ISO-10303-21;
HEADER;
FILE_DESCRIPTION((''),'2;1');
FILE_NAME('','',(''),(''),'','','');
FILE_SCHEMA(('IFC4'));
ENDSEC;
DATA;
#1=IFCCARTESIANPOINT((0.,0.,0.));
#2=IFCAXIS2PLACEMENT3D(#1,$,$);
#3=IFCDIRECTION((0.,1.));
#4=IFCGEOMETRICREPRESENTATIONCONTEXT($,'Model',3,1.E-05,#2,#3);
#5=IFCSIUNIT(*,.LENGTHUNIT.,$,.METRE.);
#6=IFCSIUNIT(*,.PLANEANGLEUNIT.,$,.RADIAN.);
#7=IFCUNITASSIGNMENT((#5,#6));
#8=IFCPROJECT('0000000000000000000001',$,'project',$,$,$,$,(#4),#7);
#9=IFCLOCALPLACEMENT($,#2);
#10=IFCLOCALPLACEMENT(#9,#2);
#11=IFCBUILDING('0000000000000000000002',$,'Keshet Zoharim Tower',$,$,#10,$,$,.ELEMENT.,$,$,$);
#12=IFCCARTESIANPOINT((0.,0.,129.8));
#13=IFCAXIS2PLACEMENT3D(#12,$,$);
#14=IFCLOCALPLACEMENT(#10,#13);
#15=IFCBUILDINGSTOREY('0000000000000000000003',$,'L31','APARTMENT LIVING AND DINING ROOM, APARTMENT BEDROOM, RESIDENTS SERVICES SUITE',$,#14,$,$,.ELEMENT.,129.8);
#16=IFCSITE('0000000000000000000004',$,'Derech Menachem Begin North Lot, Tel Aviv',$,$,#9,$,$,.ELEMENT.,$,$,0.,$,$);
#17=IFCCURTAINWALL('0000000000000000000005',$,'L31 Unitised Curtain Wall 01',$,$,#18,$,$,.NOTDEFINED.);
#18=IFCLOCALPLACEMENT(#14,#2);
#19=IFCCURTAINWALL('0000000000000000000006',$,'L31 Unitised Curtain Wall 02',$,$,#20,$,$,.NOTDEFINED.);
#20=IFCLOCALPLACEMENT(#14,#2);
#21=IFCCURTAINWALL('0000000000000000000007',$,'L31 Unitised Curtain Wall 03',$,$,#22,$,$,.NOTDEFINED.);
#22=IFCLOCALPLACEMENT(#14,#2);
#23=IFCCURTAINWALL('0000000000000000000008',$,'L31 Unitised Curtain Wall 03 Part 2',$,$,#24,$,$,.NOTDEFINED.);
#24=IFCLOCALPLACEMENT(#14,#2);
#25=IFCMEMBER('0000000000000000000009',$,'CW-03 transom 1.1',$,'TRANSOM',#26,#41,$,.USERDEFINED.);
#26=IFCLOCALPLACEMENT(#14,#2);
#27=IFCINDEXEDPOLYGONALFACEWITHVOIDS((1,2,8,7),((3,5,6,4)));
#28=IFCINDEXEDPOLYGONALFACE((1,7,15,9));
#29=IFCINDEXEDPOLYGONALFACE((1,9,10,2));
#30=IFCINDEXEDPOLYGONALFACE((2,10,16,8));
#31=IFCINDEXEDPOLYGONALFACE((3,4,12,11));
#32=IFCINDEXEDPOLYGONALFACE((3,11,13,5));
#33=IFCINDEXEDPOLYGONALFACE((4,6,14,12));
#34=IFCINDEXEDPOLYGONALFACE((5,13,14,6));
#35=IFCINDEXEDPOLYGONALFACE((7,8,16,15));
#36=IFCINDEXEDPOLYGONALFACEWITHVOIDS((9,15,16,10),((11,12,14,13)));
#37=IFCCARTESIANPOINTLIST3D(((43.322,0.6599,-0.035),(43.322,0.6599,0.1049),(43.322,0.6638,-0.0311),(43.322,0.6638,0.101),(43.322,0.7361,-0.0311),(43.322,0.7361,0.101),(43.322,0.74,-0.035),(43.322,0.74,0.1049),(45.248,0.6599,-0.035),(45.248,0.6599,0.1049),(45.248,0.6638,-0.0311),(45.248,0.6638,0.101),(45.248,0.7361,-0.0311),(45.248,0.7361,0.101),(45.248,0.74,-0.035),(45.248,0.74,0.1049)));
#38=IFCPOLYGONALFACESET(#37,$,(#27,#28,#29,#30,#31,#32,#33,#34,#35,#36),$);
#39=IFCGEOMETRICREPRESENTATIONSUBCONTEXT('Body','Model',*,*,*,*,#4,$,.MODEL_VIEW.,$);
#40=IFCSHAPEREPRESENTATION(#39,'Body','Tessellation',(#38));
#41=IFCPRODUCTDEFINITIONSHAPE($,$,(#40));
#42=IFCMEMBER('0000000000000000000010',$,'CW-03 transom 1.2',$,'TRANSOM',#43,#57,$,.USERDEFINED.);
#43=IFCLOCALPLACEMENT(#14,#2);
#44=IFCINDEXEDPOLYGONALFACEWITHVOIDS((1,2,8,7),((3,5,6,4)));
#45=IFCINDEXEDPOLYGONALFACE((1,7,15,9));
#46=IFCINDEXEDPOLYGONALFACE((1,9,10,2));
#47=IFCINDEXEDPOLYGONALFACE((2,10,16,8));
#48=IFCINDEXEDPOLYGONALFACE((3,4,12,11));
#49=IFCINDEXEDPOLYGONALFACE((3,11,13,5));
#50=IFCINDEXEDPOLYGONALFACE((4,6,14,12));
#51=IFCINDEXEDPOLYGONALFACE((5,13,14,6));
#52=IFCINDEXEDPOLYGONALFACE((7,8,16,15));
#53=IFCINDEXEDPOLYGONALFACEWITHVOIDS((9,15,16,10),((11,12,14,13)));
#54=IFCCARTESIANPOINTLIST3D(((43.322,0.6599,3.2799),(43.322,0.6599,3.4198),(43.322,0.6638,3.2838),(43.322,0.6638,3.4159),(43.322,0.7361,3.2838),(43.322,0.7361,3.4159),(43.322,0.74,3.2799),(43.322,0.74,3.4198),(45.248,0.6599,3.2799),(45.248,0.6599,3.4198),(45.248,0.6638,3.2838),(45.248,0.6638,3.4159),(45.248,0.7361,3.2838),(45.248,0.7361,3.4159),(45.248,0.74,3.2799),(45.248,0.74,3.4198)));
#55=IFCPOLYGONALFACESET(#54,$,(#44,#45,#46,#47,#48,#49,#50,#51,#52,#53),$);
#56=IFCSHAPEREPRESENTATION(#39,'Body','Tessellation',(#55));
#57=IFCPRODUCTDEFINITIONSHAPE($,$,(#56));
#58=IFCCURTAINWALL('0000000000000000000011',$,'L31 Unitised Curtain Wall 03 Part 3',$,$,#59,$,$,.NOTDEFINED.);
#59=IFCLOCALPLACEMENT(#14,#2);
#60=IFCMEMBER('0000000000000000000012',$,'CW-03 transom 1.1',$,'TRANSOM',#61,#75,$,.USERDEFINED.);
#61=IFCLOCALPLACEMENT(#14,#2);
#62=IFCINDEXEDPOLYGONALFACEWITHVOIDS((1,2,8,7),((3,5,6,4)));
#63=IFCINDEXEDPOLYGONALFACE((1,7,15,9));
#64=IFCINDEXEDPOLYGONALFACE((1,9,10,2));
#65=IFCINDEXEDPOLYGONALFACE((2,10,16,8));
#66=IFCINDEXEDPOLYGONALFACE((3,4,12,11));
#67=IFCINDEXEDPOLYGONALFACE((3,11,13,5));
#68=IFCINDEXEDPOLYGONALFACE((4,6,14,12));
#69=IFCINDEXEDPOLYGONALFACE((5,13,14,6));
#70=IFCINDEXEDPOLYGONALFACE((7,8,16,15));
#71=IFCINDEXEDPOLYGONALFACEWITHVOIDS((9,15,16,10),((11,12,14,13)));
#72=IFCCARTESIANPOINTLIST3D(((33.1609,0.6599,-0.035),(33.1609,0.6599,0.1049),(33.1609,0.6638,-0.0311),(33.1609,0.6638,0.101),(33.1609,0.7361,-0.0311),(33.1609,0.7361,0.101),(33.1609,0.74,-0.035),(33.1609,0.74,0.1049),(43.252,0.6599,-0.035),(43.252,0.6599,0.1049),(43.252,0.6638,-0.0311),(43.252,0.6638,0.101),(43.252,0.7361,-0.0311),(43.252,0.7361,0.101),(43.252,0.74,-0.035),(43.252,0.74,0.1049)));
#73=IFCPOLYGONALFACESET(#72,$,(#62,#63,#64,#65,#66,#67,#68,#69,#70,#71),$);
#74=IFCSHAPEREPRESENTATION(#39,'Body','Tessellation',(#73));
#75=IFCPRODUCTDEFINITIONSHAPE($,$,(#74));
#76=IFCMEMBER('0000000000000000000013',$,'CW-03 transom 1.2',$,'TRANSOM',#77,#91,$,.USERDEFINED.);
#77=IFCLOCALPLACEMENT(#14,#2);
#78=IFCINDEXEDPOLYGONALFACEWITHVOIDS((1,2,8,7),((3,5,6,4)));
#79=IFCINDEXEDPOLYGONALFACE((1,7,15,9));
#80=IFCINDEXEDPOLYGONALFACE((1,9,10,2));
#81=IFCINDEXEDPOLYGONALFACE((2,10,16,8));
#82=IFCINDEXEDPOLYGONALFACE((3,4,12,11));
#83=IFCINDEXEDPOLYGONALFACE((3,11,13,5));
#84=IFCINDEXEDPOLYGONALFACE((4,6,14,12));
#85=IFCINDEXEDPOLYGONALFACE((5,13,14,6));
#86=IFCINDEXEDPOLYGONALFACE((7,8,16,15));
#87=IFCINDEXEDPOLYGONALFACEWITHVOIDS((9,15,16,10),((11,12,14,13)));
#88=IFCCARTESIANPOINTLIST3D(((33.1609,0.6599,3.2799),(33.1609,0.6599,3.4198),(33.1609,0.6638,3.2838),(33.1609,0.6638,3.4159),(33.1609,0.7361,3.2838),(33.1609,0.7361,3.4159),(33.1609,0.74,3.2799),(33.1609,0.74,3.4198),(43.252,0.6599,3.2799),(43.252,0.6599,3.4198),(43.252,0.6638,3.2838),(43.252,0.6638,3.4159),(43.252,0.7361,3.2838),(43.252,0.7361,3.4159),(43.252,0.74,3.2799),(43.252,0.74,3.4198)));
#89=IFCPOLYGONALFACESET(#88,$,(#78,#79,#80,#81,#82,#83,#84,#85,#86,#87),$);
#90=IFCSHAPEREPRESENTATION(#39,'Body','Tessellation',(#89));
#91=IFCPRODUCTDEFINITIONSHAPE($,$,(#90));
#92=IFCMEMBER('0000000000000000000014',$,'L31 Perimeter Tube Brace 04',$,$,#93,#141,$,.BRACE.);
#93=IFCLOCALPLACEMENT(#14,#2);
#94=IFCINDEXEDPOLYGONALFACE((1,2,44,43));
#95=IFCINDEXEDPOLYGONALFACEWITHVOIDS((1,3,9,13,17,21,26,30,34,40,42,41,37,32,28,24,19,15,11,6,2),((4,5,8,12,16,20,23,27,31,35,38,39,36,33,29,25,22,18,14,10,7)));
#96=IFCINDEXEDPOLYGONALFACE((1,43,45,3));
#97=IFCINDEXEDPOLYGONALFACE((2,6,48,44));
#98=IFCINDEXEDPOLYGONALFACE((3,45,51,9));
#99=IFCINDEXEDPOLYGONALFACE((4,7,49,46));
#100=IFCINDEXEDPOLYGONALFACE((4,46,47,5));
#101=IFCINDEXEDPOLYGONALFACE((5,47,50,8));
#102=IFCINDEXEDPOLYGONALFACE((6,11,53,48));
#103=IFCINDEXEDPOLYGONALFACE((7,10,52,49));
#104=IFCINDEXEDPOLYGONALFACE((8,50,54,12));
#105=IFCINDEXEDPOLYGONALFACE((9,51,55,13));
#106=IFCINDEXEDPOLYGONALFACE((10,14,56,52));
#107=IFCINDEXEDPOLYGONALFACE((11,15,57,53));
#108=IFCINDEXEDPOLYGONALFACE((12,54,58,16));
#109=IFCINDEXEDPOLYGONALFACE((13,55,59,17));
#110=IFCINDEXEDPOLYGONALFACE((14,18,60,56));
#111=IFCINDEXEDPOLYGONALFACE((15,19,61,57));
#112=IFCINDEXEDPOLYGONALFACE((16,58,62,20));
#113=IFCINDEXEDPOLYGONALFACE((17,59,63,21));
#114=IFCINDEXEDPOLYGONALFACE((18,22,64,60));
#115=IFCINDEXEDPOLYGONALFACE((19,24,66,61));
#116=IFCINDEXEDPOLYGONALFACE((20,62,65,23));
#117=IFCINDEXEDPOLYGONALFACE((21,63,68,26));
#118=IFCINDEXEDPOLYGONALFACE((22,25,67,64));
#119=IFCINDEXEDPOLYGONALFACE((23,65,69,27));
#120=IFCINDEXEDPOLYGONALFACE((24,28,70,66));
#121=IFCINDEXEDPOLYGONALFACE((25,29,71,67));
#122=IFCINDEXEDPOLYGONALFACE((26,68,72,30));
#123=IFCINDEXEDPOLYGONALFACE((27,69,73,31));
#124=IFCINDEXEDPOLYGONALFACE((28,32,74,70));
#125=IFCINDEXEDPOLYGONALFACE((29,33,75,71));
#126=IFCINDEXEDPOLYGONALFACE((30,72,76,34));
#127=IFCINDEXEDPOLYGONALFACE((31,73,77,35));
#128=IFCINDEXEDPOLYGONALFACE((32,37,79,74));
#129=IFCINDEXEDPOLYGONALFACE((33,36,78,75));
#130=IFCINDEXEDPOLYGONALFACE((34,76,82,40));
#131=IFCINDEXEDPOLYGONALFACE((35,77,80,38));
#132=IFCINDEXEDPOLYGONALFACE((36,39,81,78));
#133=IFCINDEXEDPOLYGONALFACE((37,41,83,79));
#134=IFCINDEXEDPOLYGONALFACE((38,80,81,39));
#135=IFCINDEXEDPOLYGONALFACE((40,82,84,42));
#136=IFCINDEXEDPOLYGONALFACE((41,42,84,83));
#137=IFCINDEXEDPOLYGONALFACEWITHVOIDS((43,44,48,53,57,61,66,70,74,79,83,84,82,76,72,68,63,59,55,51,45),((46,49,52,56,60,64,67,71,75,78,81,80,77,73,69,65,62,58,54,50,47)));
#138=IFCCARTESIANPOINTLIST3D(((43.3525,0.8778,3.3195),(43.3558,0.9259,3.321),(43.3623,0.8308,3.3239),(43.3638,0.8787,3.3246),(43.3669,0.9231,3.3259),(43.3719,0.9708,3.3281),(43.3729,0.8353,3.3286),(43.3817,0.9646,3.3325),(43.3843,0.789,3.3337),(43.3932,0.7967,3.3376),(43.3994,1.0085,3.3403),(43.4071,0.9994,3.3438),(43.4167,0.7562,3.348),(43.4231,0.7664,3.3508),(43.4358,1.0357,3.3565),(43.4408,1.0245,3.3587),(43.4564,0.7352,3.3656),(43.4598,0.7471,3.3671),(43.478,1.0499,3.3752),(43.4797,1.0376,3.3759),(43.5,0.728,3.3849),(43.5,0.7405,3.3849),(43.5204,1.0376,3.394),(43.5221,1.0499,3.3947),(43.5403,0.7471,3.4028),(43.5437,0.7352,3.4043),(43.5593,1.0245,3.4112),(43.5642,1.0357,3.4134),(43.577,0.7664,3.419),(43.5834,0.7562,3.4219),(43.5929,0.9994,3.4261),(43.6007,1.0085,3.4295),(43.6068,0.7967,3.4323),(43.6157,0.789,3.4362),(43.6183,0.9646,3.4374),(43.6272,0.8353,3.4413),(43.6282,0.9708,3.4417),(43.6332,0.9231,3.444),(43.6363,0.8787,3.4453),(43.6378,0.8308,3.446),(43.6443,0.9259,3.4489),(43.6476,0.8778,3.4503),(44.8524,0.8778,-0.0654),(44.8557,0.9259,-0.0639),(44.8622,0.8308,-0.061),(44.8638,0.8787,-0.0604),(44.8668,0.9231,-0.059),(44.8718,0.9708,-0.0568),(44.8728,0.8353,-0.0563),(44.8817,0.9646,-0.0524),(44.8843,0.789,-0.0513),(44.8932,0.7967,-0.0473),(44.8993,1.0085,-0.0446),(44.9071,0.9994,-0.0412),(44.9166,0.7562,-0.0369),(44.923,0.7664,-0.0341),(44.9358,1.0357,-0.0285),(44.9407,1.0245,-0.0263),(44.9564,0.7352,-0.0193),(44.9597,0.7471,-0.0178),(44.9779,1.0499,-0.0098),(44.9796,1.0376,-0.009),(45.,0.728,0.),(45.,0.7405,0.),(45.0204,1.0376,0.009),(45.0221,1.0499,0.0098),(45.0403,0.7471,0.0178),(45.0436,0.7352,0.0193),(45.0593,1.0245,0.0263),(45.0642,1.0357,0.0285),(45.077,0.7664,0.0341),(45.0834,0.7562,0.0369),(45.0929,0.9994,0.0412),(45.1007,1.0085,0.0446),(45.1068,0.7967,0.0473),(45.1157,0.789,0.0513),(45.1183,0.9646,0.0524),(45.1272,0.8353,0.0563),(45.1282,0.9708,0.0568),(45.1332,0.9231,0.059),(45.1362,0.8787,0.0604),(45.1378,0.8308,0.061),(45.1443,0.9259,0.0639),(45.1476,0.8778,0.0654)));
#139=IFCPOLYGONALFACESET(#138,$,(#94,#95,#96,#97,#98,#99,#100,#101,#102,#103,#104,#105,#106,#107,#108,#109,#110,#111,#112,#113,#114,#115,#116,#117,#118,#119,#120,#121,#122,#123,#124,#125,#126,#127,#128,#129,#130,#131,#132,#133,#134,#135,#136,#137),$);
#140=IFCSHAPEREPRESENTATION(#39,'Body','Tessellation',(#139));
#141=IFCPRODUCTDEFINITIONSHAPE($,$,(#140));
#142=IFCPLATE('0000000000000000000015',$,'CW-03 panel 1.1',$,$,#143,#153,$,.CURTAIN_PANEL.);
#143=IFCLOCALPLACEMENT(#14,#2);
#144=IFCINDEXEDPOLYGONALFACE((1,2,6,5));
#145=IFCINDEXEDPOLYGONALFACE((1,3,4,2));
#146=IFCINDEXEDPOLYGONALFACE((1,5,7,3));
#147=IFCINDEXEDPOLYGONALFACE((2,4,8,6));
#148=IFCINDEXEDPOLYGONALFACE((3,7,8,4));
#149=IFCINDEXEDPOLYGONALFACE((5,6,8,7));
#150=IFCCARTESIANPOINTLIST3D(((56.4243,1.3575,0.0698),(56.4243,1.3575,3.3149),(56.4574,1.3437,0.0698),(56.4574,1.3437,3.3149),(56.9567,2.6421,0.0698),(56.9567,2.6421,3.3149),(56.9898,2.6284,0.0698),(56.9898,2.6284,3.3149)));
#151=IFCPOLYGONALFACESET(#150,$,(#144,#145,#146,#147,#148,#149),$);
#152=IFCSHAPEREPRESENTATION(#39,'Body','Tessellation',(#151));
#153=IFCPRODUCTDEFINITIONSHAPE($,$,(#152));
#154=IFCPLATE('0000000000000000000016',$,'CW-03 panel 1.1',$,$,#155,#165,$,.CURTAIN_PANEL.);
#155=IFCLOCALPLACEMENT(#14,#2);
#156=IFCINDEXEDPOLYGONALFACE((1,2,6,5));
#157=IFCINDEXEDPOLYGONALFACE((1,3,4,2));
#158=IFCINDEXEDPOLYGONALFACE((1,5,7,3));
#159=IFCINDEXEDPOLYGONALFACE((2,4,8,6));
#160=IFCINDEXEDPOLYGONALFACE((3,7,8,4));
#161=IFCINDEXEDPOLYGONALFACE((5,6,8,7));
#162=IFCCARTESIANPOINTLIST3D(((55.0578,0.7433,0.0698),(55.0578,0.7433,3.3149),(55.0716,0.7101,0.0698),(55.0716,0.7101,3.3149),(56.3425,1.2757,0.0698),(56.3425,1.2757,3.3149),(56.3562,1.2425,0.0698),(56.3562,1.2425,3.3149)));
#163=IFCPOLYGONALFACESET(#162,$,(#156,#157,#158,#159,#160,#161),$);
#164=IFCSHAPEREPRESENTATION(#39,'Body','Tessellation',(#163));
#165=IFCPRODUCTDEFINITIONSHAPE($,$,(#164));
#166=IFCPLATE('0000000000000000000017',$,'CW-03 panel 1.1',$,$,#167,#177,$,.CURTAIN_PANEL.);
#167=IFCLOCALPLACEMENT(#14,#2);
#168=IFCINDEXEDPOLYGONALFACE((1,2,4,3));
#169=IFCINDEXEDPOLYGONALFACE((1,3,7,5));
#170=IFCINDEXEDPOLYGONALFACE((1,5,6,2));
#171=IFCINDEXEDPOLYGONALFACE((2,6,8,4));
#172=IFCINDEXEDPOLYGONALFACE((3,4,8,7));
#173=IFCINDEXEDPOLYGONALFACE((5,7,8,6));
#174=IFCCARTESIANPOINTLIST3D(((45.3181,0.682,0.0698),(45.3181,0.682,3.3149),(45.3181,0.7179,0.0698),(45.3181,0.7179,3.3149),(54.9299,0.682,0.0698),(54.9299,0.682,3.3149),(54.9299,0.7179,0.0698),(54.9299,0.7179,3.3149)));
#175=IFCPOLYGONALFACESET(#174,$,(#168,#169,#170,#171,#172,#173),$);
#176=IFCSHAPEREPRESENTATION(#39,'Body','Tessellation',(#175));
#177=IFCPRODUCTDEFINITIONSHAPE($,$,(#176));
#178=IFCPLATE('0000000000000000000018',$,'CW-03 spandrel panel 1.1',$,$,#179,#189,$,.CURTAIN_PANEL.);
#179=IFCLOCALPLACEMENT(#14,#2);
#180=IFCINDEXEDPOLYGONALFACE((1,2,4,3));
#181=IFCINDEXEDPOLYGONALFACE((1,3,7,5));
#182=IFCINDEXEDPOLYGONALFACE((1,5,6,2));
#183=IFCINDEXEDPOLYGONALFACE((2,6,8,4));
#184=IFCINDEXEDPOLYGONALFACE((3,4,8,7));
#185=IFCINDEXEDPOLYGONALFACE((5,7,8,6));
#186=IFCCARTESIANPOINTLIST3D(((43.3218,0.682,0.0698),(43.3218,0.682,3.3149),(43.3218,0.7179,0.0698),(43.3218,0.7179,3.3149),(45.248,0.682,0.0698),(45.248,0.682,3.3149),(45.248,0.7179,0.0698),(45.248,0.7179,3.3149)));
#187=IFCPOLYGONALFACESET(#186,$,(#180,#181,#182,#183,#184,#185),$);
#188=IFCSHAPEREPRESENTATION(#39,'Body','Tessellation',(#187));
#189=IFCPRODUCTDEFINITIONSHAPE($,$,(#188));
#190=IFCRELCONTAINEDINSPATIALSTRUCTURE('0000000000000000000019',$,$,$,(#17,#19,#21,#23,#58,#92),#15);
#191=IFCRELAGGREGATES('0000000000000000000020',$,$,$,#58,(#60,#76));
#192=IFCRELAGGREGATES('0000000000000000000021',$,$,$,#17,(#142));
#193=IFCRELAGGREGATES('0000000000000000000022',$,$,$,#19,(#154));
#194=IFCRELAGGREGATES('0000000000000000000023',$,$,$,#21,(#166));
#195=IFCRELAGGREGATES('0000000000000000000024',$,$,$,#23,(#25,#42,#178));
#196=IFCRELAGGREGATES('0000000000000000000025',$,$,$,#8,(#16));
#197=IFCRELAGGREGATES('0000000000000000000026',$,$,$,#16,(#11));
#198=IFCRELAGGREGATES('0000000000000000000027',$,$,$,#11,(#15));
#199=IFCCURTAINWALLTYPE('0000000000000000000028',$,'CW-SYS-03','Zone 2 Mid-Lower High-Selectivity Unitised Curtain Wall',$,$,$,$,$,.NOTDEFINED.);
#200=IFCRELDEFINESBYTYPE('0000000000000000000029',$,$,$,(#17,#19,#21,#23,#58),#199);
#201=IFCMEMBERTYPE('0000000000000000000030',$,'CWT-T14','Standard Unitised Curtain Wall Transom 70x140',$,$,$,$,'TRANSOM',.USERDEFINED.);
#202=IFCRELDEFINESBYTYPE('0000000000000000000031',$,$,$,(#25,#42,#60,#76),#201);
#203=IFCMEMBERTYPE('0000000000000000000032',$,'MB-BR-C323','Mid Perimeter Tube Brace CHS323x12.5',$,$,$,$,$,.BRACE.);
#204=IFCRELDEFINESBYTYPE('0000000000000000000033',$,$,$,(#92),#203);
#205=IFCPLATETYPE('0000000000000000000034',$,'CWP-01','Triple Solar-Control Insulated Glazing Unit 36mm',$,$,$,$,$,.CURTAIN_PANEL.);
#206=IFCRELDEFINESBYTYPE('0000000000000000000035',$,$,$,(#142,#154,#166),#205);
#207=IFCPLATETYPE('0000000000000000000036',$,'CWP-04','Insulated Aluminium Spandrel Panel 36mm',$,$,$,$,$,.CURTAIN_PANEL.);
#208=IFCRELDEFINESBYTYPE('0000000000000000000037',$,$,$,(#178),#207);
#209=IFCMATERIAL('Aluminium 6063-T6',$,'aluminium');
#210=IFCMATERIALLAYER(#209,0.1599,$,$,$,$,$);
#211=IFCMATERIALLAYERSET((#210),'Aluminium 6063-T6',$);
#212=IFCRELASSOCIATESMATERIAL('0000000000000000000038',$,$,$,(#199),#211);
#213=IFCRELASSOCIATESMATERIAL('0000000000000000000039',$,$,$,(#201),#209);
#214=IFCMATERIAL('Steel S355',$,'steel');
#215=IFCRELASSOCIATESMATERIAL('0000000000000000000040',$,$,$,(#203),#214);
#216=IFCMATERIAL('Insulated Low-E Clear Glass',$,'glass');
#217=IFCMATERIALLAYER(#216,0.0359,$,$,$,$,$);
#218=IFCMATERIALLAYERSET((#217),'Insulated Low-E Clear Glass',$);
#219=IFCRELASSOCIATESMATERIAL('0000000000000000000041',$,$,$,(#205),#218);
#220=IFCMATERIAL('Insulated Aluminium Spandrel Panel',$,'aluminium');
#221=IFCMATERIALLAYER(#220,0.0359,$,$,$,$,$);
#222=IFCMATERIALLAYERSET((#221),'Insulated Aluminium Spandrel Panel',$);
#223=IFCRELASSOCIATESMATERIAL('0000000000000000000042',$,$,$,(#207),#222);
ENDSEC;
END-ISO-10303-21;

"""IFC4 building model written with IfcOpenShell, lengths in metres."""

from ifc_helpers import new_model, si_unit, direction, frame, origin, origin_2d, place, context, subcontext, project, spatial, rectangle, hollow_rectangle, hollow_circle, extrude, material, layer, layer_set, material_profile, profile_set, type_object, element, aggregate, save


model = new_model("IFC4")

# Units and contexts
model_context = context("Model", 3, precision=1e-05, world=origin(), true_north=direction((0.0, 1.0)))
body_context = subcontext(model_context, "Body", "Model", "MODEL_VIEW")
ifc_project = project(units=[si_unit("LENGTHUNIT", "METRE"), si_unit("PLANEANGLEUNIT", "RADIAN")], contexts=[model_context])

# Site, building, storey
site_placement = place(None, origin())
site = spatial("IfcSite", under=ifc_project, at=site_placement, Name="Derech Menachem Begin North Lot, Tel Aviv", CompositionType="ELEMENT", RefElevation=0.0)
building_placement = place(site_placement, origin())
building = spatial("IfcBuilding", under=site, at=building_placement, Name="Keshet Zoharim Tower", CompositionType="ELEMENT")
storey_placement = place(building_placement, frame((0.0, 0.0, 129.8)))
storey = spatial("IfcBuildingStorey", under=building, at=storey_placement, Name="L31", Description="APARTMENT LIVING AND DINING ROOM, APARTMENT BEDROOM, RESIDENTS SERVICES SUITE", CompositionType="ELEMENT", Elevation=129.8)

# Shared definitions
ifc_material_1 = material(Name="Steel S355", Category="steel")

# Curtain walls
ifc_material_2 = material(Name="Aluminium 6063-T6", Category="aluminium")
ifc_layer_1 = layer(ifc_material_2, 0.1599)
ifc_layer_set_1 = layer_set([ifc_layer_1], Name="Aluminium 6063-T6")
curtain_wall_type = type_object("IfcCurtainWallType", Name="CW-SYS-03", Description="Zone 2 Mid-Lower High-Selectivity Unitised Curtain Wall", PredefinedType="NOTDEFINED", material=ifc_layer_set_1)
curtain_wall_1_placement = place(storey_placement, origin())
curtain_wall_1 = element("IfcCurtainWall", 1, at=curtain_wall_1_placement, inside=storey, type_object=curtain_wall_type, Name="L31 Unitised Curtain Wall 01", PredefinedType="NOTDEFINED")
curtain_wall_2_placement = place(storey_placement, origin())
curtain_wall_2 = element("IfcCurtainWall", 2, at=curtain_wall_2_placement, inside=storey, type_object=curtain_wall_type, Name="L31 Unitised Curtain Wall 02", PredefinedType="NOTDEFINED")
curtain_wall_3_placement = place(storey_placement, origin())
curtain_wall_3 = element("IfcCurtainWall", 3, at=curtain_wall_3_placement, inside=storey, type_object=curtain_wall_type, Name="L31 Unitised Curtain Wall 03", PredefinedType="NOTDEFINED")

# Curtain wall
curtain_wall_4_placement = place(storey_placement, origin())
curtain_wall_4 = element("IfcCurtainWall", 4, at=curtain_wall_4_placement, inside=storey, type_object=curtain_wall_type, Name="L31 Unitised Curtain Wall 03 Part 2", PredefinedType="NOTDEFINED")

# Members
ifc_material_profile_1 = material_profile(ifc_material_2, hollow_rectangle(XDim=0.0801, YDim=0.1399, WallThickness=0.0039, at=origin_2d()), Name="TRN-80x140")
ifc_profile_set_1 = profile_set([ifc_material_profile_1], Name="Aluminium 6063-T6")
member_type_1 = type_object("IfcMemberType", Name="CWT-T14", Description="Standard Unitised Curtain Wall Transom 70x140", ElementType="TRANSOM", PredefinedType="USERDEFINED", material=ifc_profile_set_1)
member_1_placement = place(storey_placement, frame((45.248, 0.7, 0.0349), z_axis=(-1.0, 0.0, 0.0), x_axis=(0.0, -1.0, 0.0)))
member_1 = element("IfcMember", 5, at=member_1_placement, type_object=member_type_1, Name="CW-03 transom 1.1", ObjectType="TRANSOM", PredefinedType="USERDEFINED", context=body_context, shape_type="SweptSolid", body=[
    extrude(hollow_rectangle(XDim=0.0801, YDim=0.1399, WallThickness=0.0039, at=origin_2d()), origin(), (0.0, 0.0, 1.0), 1.926),
])
member_2_placement = place(storey_placement, frame((45.248, 0.7, 3.3499), z_axis=(-1.0, 0.0, 0.0), x_axis=(0.0, -1.0, 0.0)))
member_2 = element("IfcMember", 6, at=member_2_placement, type_object=member_type_1, Name="CW-03 transom 1.2", ObjectType="TRANSOM", PredefinedType="USERDEFINED", context=body_context, shape_type="SweptSolid", body=[
    extrude(hollow_rectangle(XDim=0.0801, YDim=0.1399, WallThickness=0.0039, at=origin_2d()), origin(), (0.0, 0.0, 1.0), 1.926),
])

# Curtain wall, members
curtain_wall_5_placement = place(storey_placement, origin())
curtain_wall_5 = element("IfcCurtainWall", 7, at=curtain_wall_5_placement, inside=storey, type_object=curtain_wall_type, Name="L31 Unitised Curtain Wall 03 Part 3", PredefinedType="NOTDEFINED")
member_3_placement = place(storey_placement, frame((43.252, 0.7, 0.0349), z_axis=(-1.0, 0.0, 0.0), x_axis=(0.0, -1.0, 0.0)))
member_3 = element("IfcMember", 8, at=member_3_placement, type_object=member_type_1, Name="CW-03 transom 1.1", ObjectType="TRANSOM", PredefinedType="USERDEFINED", context=body_context, shape_type="SweptSolid", body=[
    extrude(hollow_rectangle(XDim=0.0801, YDim=0.1399, WallThickness=0.0039, at=origin_2d()), origin(), (0.0, 0.0, 1.0), 10.0911),
])
member_4_placement = place(storey_placement, frame((43.252, 0.7, 3.3499), z_axis=(-1.0, 0.0, 0.0), x_axis=(0.0, -1.0, 0.0)))
member_4 = element("IfcMember", 9, at=member_4_placement, type_object=member_type_1, Name="CW-03 transom 1.2", ObjectType="TRANSOM", PredefinedType="USERDEFINED", context=body_context, shape_type="SweptSolid", body=[
    extrude(hollow_rectangle(XDim=0.0801, YDim=0.1399, WallThickness=0.0039, at=origin_2d()), origin(), (0.0, 0.0, 1.0), 10.0911),
])
aggregate(curtain_wall_5, [member_3, member_4])

# Member
ifc_material_profile_2 = material_profile(ifc_material_1, hollow_circle(Radius=0.1619, WallThickness=0.0125, at=origin_2d()), Name="CHS323x12.5")
ifc_profile_set_2 = profile_set([ifc_material_profile_2], Name="Steel S355")
member_type_2 = type_object("IfcMemberType", Name="MB-BR-C323", Description="Mid Perimeter Tube Brace CHS323x12.5", PredefinedType="BRACE", material=ifc_profile_set_2)
member_5_placement = place(storey_placement, frame((45.0, 0.8899, 0.0), z_axis=(-0.405135, 0.0, 0.914257), x_axis=(0.0, -1.0, 0.0)))
element("IfcMember", 10, at=member_5_placement, inside=storey, type_object=member_type_2, Name="L31 Perimeter Tube Brace 04", PredefinedType="BRACE", context=body_context, shape_type="SweptSolid", body=[
    extrude(hollow_circle(Radius=0.1619, WallThickness=0.0125, at=origin_2d()), origin(), (0.0, 0.0, 1.0), 3.7024),
])

# Plates
ifc_material_3 = material(Name="Insulated Low-E Clear Glass", Category="glass")
ifc_layer_2 = layer(ifc_material_3, 0.0359)
ifc_layer_set_2 = layer_set([ifc_layer_2], Name="Insulated Low-E Clear Glass")
plate_type_1 = type_object("IfcPlateType", Name="CWP-01", Description="Triple Solar-Control Insulated Glazing Unit 36mm", PredefinedType="CURTAIN_PANEL", material=ifc_layer_set_2)
plate_1_placement = place(storey_placement, frame((56.707, 1.9929, 0.0698), z_axis=(0.0, 0.0, 1.0), x_axis=(-0.382852, -0.92381, 0.0)))
plate_1 = element("IfcPlate", 11, at=plate_1_placement, type_object=plate_type_1, Name="CW-03 panel 1.1", PredefinedType="CURTAIN_PANEL", context=body_context, shape_type="SweptSolid", body=[
    extrude(rectangle(XDim=1.3906, YDim=0.0359, at=origin_2d()), origin(), (0.0, 0.0, 1.0), 3.2451),
])
aggregate(curtain_wall_1, [plate_1])
plate_2_placement = place(storey_placement, frame((55.707, 0.9929, 0.0698), z_axis=(0.0, 0.0, 1.0), x_axis=(-0.92381, -0.382852, 0.0)))
plate_2 = element("IfcPlate", 12, at=plate_2_placement, type_object=plate_type_1, Name="CW-03 panel 1.1", PredefinedType="CURTAIN_PANEL", context=body_context, shape_type="SweptSolid", body=[
    extrude(rectangle(XDim=1.3906, YDim=0.0359, at=origin_2d()), origin(), (0.0, 0.0, 1.0), 3.2451),
])
aggregate(curtain_wall_2, [plate_2])
plate_3_placement = place(storey_placement, frame((50.124, 0.7, 0.0698), z_axis=(0.0, 0.0, 1.0), x_axis=(-1.0, 0.0, 0.0)))
plate_3 = element("IfcPlate", 13, at=plate_3_placement, type_object=plate_type_1, Name="CW-03 panel 1.1", PredefinedType="CURTAIN_PANEL", context=body_context, shape_type="SweptSolid", body=[
    extrude(rectangle(XDim=9.6118, YDim=0.0359, at=origin_2d()), origin(), (0.0, 0.0, 1.0), 3.2451),
])
aggregate(curtain_wall_3, [plate_3])
ifc_material_4 = material(Name="Insulated Aluminium Spandrel Panel", Category="aluminium")
ifc_layer_3 = layer(ifc_material_4, 0.0359)
ifc_layer_set_3 = layer_set([ifc_layer_3], Name="Insulated Aluminium Spandrel Panel")
plate_type_2 = type_object("IfcPlateType", Name="CWP-04", Description="Insulated Aluminium Spandrel Panel 36mm", PredefinedType="CURTAIN_PANEL", material=ifc_layer_set_3)
plate_4_placement = place(storey_placement, frame((44.2849, 0.7, 0.0698), z_axis=(0.0, 0.0, 1.0), x_axis=(-1.0, 0.0, 0.0)))
plate_4 = element("IfcPlate", 14, at=plate_4_placement, type_object=plate_type_2, Name="CW-03 spandrel panel 1.1", PredefinedType="CURTAIN_PANEL", context=body_context, shape_type="SweptSolid", body=[
    extrude(rectangle(XDim=1.9263, YDim=0.0359, at=origin_2d()), origin(), (0.0, 0.0, 1.0), 3.2451),
])
aggregate(curtain_wall_4, [member_1, member_2, plate_4])

save(model, "model.ifc")
